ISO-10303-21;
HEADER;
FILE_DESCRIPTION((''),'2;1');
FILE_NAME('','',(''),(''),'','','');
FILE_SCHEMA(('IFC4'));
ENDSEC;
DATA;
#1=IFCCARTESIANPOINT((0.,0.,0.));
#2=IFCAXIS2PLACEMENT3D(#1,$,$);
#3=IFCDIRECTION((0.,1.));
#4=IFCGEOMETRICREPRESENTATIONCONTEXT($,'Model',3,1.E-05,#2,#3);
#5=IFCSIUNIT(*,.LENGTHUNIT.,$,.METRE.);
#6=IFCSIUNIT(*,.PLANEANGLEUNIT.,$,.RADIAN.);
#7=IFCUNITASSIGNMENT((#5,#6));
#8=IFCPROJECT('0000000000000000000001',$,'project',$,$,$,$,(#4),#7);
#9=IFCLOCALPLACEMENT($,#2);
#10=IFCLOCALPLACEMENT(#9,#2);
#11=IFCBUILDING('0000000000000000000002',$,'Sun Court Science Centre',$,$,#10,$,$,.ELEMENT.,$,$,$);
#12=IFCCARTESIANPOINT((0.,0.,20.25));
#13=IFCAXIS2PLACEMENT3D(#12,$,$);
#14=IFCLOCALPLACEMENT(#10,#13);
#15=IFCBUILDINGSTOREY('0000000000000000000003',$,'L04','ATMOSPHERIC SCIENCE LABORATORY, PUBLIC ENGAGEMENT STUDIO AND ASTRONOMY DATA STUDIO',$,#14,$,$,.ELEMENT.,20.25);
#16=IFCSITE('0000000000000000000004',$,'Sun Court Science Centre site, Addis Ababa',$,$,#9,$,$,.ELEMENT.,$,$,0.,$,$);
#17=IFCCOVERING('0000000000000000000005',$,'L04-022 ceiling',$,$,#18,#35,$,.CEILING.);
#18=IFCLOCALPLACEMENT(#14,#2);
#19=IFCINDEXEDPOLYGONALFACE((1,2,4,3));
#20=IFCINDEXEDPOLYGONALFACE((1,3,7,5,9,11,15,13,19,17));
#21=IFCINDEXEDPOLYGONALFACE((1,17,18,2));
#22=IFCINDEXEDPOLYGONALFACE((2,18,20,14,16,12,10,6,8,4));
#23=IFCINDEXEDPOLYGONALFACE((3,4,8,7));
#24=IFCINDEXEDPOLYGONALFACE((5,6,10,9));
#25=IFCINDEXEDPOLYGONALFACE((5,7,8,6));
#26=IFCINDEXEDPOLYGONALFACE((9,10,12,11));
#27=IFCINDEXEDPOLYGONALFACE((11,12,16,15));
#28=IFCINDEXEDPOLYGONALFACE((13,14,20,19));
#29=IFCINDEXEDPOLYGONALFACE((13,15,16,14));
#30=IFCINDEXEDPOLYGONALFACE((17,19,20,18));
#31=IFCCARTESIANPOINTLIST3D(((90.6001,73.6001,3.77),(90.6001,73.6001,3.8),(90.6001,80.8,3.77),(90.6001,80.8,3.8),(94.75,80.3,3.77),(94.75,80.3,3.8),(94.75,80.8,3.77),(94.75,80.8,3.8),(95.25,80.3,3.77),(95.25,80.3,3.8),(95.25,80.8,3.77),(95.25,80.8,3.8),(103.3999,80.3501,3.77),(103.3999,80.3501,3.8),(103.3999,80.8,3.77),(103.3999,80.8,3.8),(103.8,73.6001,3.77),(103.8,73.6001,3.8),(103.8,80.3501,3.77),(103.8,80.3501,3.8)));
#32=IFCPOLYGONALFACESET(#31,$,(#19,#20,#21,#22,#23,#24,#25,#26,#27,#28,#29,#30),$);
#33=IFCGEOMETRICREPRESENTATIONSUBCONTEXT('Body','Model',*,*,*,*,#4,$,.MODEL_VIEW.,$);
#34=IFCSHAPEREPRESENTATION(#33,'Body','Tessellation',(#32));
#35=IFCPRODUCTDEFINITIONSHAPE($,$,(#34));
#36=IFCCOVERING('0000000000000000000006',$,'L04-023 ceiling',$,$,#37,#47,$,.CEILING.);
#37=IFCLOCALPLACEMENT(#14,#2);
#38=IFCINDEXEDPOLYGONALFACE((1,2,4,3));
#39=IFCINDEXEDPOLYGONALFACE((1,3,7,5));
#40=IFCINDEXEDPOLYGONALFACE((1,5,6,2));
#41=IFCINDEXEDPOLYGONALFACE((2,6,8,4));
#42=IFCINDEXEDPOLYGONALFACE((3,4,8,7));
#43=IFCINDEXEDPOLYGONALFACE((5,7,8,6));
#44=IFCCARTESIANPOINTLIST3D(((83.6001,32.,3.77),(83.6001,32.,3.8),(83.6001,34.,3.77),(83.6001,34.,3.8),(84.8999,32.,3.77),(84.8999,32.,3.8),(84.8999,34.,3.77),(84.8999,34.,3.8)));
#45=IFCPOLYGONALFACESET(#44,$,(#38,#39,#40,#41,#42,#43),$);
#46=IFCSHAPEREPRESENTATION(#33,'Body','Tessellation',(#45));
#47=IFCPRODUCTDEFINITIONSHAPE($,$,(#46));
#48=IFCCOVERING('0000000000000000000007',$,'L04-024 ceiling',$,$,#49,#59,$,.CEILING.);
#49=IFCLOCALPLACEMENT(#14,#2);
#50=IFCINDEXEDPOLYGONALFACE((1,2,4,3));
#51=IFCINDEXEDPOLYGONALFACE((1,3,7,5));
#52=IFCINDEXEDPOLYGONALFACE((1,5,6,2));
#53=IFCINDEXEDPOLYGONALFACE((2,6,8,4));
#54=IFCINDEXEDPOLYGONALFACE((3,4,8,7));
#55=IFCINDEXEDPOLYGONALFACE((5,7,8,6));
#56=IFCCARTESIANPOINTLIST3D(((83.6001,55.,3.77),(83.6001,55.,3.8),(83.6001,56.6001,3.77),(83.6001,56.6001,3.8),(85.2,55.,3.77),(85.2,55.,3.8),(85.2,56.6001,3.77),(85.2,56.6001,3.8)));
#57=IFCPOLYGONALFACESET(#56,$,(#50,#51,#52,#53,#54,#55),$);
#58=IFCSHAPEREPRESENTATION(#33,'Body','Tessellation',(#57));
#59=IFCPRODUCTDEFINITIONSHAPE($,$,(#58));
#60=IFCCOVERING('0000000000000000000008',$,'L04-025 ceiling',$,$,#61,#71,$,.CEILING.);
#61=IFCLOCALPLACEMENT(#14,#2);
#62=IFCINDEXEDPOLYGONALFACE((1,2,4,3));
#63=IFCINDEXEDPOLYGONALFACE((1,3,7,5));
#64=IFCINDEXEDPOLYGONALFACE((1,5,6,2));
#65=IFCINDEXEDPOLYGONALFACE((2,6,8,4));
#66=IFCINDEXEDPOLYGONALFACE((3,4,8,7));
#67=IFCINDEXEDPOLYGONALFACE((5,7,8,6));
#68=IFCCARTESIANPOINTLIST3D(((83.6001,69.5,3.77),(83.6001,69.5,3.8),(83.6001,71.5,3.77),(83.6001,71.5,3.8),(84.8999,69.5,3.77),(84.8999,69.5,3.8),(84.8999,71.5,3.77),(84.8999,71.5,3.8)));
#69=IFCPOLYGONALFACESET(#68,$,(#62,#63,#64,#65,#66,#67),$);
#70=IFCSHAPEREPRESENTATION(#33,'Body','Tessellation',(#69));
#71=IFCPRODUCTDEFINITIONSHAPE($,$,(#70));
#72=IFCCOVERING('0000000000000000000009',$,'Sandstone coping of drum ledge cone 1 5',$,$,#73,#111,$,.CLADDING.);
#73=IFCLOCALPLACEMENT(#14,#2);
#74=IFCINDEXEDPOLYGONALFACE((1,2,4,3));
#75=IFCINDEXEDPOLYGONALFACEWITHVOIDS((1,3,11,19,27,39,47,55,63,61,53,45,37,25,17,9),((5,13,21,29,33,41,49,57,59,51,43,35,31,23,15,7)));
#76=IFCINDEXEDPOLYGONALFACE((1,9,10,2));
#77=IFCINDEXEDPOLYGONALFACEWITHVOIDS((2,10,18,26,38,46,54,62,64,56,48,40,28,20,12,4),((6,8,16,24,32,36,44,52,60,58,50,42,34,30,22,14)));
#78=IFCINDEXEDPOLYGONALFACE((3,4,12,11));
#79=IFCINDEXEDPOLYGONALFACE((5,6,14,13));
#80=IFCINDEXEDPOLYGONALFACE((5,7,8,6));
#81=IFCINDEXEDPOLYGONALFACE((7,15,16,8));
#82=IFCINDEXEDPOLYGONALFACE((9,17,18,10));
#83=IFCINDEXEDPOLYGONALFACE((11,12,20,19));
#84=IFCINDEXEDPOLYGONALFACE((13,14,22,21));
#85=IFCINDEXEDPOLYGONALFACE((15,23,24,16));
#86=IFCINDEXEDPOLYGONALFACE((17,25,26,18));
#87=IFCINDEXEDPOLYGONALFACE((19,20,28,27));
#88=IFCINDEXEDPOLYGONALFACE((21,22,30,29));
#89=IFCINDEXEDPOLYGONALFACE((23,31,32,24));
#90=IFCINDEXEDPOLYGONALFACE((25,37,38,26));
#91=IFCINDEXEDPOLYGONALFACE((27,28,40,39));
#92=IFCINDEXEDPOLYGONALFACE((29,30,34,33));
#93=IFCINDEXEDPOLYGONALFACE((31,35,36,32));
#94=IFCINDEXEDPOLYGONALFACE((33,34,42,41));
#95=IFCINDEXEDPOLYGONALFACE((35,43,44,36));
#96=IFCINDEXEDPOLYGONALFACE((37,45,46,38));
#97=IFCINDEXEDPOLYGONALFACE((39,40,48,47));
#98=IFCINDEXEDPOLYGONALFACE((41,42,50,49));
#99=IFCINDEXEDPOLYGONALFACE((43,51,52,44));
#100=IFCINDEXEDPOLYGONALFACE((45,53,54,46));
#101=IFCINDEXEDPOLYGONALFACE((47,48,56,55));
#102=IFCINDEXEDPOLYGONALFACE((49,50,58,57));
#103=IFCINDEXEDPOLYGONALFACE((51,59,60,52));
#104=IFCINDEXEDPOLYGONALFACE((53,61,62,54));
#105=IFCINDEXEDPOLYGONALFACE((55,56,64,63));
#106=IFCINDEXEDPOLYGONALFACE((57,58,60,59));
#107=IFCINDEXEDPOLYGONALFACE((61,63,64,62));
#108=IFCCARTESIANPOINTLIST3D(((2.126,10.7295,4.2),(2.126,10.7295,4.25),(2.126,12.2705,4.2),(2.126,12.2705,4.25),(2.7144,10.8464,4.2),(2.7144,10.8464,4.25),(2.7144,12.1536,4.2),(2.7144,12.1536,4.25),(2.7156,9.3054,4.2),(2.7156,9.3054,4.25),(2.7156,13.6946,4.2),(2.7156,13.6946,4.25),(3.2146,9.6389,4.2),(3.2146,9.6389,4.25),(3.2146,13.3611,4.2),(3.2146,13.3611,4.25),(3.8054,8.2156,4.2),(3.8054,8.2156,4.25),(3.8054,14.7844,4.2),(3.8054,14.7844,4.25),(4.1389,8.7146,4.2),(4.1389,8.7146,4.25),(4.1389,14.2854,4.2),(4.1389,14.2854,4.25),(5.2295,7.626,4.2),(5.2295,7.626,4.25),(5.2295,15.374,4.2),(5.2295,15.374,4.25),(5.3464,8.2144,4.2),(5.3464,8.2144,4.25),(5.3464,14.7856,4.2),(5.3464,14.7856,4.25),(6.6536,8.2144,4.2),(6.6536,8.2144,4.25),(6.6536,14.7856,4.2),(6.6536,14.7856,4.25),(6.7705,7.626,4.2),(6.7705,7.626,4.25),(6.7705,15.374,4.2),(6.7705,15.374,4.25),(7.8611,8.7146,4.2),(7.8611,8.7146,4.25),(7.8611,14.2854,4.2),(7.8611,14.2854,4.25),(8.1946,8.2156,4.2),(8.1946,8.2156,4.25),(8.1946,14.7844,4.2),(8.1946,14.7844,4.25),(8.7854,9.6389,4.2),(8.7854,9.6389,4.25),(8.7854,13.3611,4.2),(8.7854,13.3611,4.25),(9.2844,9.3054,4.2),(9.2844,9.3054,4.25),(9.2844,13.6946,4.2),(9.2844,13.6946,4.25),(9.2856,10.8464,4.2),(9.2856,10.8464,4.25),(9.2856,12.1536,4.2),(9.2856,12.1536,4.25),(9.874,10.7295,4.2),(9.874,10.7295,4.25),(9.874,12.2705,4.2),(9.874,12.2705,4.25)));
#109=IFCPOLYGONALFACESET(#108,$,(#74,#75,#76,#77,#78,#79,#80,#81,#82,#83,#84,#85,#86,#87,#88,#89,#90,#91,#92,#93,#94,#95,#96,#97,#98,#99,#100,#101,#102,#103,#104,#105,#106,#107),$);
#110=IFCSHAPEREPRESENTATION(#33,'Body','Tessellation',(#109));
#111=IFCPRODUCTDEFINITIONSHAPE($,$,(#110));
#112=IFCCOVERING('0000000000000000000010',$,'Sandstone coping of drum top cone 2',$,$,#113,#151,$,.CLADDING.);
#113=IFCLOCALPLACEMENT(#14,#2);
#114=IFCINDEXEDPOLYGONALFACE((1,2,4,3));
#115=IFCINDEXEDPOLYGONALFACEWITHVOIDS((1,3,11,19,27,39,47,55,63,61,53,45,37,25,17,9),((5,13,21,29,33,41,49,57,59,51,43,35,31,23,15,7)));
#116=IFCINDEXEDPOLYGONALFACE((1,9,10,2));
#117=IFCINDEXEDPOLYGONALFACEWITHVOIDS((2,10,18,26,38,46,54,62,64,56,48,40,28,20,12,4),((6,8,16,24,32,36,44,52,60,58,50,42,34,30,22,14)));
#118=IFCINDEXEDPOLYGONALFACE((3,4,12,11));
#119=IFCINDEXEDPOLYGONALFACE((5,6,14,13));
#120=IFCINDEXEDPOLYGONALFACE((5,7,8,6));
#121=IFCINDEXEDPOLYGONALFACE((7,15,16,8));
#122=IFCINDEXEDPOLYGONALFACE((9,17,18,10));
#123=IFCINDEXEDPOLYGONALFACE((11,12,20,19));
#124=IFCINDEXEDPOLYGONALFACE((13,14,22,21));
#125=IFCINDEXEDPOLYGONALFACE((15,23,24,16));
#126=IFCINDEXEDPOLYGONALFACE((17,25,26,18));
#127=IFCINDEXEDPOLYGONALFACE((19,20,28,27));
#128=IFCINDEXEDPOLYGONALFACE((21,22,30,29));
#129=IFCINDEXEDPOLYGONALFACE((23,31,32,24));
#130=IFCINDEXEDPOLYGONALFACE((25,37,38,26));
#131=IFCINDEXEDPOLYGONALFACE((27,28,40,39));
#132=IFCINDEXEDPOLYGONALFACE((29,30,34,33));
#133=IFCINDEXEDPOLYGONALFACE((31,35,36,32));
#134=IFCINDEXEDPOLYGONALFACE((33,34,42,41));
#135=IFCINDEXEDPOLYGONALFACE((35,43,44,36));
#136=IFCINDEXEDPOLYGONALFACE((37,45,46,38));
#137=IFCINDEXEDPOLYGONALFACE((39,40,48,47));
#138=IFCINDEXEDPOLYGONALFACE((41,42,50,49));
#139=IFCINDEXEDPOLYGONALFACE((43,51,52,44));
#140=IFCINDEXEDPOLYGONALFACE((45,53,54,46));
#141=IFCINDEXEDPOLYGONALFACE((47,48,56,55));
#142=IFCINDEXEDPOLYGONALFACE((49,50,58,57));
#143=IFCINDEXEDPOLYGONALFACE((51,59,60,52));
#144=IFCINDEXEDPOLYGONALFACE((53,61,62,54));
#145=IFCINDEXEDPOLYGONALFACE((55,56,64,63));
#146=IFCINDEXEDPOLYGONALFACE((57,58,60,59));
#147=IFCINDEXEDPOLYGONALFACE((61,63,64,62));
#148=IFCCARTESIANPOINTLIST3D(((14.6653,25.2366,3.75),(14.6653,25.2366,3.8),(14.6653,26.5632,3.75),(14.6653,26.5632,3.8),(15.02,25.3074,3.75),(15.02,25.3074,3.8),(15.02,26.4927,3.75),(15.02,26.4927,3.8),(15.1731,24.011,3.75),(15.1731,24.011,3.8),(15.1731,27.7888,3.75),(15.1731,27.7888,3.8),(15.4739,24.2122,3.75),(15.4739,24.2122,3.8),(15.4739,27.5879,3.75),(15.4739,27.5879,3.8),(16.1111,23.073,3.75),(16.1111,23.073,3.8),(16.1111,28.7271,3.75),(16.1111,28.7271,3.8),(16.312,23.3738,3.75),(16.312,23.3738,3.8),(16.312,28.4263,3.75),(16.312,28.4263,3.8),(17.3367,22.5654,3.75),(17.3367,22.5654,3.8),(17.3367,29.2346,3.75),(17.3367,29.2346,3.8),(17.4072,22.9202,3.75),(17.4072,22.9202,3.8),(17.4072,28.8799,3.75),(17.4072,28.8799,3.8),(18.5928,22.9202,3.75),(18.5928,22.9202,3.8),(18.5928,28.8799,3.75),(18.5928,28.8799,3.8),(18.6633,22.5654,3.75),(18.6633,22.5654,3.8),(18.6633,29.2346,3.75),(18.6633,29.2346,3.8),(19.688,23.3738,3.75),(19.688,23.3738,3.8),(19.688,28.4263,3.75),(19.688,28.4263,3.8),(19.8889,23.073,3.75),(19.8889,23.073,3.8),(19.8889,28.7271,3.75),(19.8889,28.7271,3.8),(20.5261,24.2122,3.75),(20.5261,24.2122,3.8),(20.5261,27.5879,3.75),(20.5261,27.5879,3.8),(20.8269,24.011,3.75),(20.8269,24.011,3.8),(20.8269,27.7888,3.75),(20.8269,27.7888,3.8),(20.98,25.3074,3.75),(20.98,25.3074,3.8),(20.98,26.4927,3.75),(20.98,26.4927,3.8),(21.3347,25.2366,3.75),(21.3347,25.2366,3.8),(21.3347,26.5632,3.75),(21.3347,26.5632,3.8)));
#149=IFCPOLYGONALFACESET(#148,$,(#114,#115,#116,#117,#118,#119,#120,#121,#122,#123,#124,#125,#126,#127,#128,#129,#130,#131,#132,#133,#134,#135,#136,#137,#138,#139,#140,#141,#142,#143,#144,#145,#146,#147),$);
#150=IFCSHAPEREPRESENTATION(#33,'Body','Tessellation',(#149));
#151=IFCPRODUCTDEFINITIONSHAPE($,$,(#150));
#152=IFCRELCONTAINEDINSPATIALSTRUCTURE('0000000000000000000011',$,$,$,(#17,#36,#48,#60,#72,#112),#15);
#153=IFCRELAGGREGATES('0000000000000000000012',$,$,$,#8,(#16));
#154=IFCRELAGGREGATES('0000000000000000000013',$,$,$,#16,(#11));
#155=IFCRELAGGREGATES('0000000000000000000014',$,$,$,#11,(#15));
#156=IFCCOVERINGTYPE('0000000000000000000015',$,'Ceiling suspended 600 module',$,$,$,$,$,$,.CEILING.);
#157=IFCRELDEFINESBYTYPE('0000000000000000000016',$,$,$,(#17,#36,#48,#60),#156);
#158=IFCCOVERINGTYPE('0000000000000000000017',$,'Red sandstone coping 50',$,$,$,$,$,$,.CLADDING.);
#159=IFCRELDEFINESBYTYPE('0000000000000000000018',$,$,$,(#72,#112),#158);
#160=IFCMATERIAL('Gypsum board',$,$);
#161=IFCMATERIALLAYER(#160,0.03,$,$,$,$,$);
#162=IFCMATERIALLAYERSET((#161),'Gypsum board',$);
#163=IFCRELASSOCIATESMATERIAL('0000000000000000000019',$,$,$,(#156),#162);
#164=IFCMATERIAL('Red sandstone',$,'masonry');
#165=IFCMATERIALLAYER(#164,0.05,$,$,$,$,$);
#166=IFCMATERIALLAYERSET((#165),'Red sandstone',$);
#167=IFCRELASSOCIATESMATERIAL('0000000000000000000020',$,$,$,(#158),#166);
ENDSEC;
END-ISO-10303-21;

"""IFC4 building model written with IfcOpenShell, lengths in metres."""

from ifc_helpers import new_model, si_unit, direction, frame, origin, place, context, subcontext, project, spatial, polyline, outline, extrude, material, layer, layer_set, type_object, element, save


model = new_model("IFC4")

# Units and contexts
model_context = context("Model", 3, precision=1e-05, world=origin(), true_north=direction((0.0, 1.0)))
body_context = subcontext(model_context, "Body", "Model", "MODEL_VIEW")
ifc_project = project(units=[si_unit("LENGTHUNIT", "METRE"), si_unit("PLANEANGLEUNIT", "RADIAN")], contexts=[model_context])

# Site, building, storey
site_placement = place(None, origin())
site = spatial("IfcSite", under=ifc_project, at=site_placement, Name="Sun Court Science Centre site, Addis Ababa", CompositionType="ELEMENT", RefElevation=0.0)
building_placement = place(site_placement, origin())
building = spatial("IfcBuilding", under=site, at=building_placement, Name="Sun Court Science Centre", CompositionType="ELEMENT")
storey_placement = place(building_placement, frame((0.0, 0.0, 20.25)))
storey = spatial("IfcBuildingStorey", under=building, at=storey_placement, Name="L04", Description="ATMOSPHERIC SCIENCE LABORATORY, PUBLIC ENGAGEMENT STUDIO AND ASTRONOMY DATA STUDIO", CompositionType="ELEMENT", Elevation=20.25)

# Coverings
ifc_material_1 = material(Name="Gypsum board")
ifc_layer_1 = layer(ifc_material_1, 0.03)
ifc_layer_set_1 = layer_set([ifc_layer_1], Name="Gypsum board")
covering_type_1 = type_object("IfcCoveringType", Name="Ceiling suspended 600 module", PredefinedType="CEILING", material=ifc_layer_set_1)
covering_1_placement = place(storey_placement, frame((0.0, 0.0, 3.77)))
element("IfcCovering", 1, at=covering_1_placement, inside=storey, type_object=covering_type_1, Name="L04-022 ceiling", PredefinedType="CEILING", context=body_context, shape_type="SweptSolid", body=[
    extrude(outline(polyline([(103.8, 80.3501), (103.8, 73.6001), (90.6001, 73.6001), (90.6001, 80.8), (94.75, 80.8), (94.75, 80.3), (95.25, 80.3), (95.25, 80.8), (103.3999, 80.8), (103.3999, 80.3501), (103.8, 80.3501)])), origin(), (0.0, 0.0, 1.0), 0.03),
])
covering_2_placement = place(storey_placement, frame((0.0, 0.0, 3.77)))
element("IfcCovering", 2, at=covering_2_placement, inside=storey, type_object=covering_type_1, Name="L04-023 ceiling", PredefinedType="CEILING", context=body_context, shape_type="SweptSolid", body=[
    extrude(outline(polyline([(84.8999, 34.0), (84.8999, 32.0), (83.6001, 32.0), (83.6001, 34.0), (84.8999, 34.0)])), origin(), (0.0, 0.0, 1.0), 0.03),
])
covering_3_placement = place(storey_placement, frame((0.0, 0.0, 3.77)))
element("IfcCovering", 3, at=covering_3_placement, inside=storey, type_object=covering_type_1, Name="L04-024 ceiling", PredefinedType="CEILING", context=body_context, shape_type="SweptSolid", body=[
    extrude(outline(polyline([(85.2, 56.6001), (85.2, 55.0), (83.6001, 55.0), (83.6001, 56.6001), (85.2, 56.6001)])), origin(), (0.0, 0.0, 1.0), 0.03),
])
covering_4_placement = place(storey_placement, frame((0.0, 0.0, 3.77)))
element("IfcCovering", 4, at=covering_4_placement, inside=storey, type_object=covering_type_1, Name="L04-025 ceiling", PredefinedType="CEILING", context=body_context, shape_type="SweptSolid", body=[
    extrude(outline(polyline([(84.8999, 71.5), (84.8999, 69.5), (83.6001, 69.5), (83.6001, 71.5), (84.8999, 71.5)])), origin(), (0.0, 0.0, 1.0), 0.03),
])
ifc_material_2 = material(Name="Red sandstone", Category="masonry")
ifc_layer_2 = layer(ifc_material_2, 0.05)
ifc_layer_set_2 = layer_set([ifc_layer_2], Name="Red sandstone")
covering_type_2 = type_object("IfcCoveringType", Name="Red sandstone coping 50", PredefinedType="CLADDING", material=ifc_layer_set_2)
covering_5_placement = place(storey_placement, frame((0.0, 0.0, 4.2)))
element("IfcCovering", 5, at=covering_5_placement, inside=storey, type_object=covering_type_2, Name="Sandstone coping of drum ledge cone 1 5", PredefinedType="CLADDING", context=body_context, shape_type="SweptSolid", body=[
    extrude(outline(polyline([(9.874, 12.2705), (9.2844, 13.6946), (8.1946, 14.7844), (6.7705, 15.374), (5.2295, 15.374), (3.8054, 14.7844), (2.7156, 13.6946), (2.126, 12.2705), (2.126, 10.7295), (2.7156, 9.3054), (3.8054, 8.2156), (5.2295, 7.626), (6.7705, 7.626), (8.1946, 8.2156), (9.2844, 9.3054), (9.874, 10.7295), (9.874, 12.2705)]), holes=[polyline([(9.2856, 12.1536), (8.7854, 13.3611), (7.8611, 14.2854), (6.6536, 14.7856), (5.3464, 14.7856), (4.1389, 14.2854), (3.2146, 13.3611), (2.7144, 12.1536), (2.7144, 10.8464), (3.2146, 9.6389), (4.1389, 8.7146), (5.3464, 8.2144), (6.6536, 8.2144), (7.8611, 8.7146), (8.7854, 9.6389), (9.2856, 10.8464), (9.2856, 12.1536)])]), origin(), (0.0, 0.0, 1.0), 0.05),
])
covering_6_placement = place(storey_placement, frame((0.0, 0.0, 3.75)))
element("IfcCovering", 6, at=covering_6_placement, inside=storey, type_object=covering_type_2, Name="Sandstone coping of drum top cone 2", PredefinedType="CLADDING", context=body_context, shape_type="SweptSolid", body=[
    extrude(outline(polyline([(21.3347, 26.5632), (20.8269, 27.7888), (19.8889, 28.7271), (18.6633, 29.2346), (17.3367, 29.2346), (16.1111, 28.7271), (15.1731, 27.7888), (14.6653, 26.5632), (14.6653, 25.2366), (15.1731, 24.011), (16.1111, 23.073), (17.3367, 22.5654), (18.6633, 22.5654), (19.8889, 23.073), (20.8269, 24.011), (21.3347, 25.2366), (21.3347, 26.5632)]), holes=[polyline([(20.98, 26.4927), (20.5261, 27.5879), (19.688, 28.4263), (18.5928, 28.8799), (17.4072, 28.8799), (16.312, 28.4263), (15.4739, 27.5879), (15.02, 26.4927), (15.02, 25.3074), (15.4739, 24.2122), (16.312, 23.3738), (17.4072, 22.9202), (18.5928, 22.9202), (19.688, 23.3738), (20.5261, 24.2122), (20.98, 25.3074), (20.98, 26.4927)])]), origin(), (0.0, 0.0, 1.0), 0.05),
])

save(model, "model.ifc")
